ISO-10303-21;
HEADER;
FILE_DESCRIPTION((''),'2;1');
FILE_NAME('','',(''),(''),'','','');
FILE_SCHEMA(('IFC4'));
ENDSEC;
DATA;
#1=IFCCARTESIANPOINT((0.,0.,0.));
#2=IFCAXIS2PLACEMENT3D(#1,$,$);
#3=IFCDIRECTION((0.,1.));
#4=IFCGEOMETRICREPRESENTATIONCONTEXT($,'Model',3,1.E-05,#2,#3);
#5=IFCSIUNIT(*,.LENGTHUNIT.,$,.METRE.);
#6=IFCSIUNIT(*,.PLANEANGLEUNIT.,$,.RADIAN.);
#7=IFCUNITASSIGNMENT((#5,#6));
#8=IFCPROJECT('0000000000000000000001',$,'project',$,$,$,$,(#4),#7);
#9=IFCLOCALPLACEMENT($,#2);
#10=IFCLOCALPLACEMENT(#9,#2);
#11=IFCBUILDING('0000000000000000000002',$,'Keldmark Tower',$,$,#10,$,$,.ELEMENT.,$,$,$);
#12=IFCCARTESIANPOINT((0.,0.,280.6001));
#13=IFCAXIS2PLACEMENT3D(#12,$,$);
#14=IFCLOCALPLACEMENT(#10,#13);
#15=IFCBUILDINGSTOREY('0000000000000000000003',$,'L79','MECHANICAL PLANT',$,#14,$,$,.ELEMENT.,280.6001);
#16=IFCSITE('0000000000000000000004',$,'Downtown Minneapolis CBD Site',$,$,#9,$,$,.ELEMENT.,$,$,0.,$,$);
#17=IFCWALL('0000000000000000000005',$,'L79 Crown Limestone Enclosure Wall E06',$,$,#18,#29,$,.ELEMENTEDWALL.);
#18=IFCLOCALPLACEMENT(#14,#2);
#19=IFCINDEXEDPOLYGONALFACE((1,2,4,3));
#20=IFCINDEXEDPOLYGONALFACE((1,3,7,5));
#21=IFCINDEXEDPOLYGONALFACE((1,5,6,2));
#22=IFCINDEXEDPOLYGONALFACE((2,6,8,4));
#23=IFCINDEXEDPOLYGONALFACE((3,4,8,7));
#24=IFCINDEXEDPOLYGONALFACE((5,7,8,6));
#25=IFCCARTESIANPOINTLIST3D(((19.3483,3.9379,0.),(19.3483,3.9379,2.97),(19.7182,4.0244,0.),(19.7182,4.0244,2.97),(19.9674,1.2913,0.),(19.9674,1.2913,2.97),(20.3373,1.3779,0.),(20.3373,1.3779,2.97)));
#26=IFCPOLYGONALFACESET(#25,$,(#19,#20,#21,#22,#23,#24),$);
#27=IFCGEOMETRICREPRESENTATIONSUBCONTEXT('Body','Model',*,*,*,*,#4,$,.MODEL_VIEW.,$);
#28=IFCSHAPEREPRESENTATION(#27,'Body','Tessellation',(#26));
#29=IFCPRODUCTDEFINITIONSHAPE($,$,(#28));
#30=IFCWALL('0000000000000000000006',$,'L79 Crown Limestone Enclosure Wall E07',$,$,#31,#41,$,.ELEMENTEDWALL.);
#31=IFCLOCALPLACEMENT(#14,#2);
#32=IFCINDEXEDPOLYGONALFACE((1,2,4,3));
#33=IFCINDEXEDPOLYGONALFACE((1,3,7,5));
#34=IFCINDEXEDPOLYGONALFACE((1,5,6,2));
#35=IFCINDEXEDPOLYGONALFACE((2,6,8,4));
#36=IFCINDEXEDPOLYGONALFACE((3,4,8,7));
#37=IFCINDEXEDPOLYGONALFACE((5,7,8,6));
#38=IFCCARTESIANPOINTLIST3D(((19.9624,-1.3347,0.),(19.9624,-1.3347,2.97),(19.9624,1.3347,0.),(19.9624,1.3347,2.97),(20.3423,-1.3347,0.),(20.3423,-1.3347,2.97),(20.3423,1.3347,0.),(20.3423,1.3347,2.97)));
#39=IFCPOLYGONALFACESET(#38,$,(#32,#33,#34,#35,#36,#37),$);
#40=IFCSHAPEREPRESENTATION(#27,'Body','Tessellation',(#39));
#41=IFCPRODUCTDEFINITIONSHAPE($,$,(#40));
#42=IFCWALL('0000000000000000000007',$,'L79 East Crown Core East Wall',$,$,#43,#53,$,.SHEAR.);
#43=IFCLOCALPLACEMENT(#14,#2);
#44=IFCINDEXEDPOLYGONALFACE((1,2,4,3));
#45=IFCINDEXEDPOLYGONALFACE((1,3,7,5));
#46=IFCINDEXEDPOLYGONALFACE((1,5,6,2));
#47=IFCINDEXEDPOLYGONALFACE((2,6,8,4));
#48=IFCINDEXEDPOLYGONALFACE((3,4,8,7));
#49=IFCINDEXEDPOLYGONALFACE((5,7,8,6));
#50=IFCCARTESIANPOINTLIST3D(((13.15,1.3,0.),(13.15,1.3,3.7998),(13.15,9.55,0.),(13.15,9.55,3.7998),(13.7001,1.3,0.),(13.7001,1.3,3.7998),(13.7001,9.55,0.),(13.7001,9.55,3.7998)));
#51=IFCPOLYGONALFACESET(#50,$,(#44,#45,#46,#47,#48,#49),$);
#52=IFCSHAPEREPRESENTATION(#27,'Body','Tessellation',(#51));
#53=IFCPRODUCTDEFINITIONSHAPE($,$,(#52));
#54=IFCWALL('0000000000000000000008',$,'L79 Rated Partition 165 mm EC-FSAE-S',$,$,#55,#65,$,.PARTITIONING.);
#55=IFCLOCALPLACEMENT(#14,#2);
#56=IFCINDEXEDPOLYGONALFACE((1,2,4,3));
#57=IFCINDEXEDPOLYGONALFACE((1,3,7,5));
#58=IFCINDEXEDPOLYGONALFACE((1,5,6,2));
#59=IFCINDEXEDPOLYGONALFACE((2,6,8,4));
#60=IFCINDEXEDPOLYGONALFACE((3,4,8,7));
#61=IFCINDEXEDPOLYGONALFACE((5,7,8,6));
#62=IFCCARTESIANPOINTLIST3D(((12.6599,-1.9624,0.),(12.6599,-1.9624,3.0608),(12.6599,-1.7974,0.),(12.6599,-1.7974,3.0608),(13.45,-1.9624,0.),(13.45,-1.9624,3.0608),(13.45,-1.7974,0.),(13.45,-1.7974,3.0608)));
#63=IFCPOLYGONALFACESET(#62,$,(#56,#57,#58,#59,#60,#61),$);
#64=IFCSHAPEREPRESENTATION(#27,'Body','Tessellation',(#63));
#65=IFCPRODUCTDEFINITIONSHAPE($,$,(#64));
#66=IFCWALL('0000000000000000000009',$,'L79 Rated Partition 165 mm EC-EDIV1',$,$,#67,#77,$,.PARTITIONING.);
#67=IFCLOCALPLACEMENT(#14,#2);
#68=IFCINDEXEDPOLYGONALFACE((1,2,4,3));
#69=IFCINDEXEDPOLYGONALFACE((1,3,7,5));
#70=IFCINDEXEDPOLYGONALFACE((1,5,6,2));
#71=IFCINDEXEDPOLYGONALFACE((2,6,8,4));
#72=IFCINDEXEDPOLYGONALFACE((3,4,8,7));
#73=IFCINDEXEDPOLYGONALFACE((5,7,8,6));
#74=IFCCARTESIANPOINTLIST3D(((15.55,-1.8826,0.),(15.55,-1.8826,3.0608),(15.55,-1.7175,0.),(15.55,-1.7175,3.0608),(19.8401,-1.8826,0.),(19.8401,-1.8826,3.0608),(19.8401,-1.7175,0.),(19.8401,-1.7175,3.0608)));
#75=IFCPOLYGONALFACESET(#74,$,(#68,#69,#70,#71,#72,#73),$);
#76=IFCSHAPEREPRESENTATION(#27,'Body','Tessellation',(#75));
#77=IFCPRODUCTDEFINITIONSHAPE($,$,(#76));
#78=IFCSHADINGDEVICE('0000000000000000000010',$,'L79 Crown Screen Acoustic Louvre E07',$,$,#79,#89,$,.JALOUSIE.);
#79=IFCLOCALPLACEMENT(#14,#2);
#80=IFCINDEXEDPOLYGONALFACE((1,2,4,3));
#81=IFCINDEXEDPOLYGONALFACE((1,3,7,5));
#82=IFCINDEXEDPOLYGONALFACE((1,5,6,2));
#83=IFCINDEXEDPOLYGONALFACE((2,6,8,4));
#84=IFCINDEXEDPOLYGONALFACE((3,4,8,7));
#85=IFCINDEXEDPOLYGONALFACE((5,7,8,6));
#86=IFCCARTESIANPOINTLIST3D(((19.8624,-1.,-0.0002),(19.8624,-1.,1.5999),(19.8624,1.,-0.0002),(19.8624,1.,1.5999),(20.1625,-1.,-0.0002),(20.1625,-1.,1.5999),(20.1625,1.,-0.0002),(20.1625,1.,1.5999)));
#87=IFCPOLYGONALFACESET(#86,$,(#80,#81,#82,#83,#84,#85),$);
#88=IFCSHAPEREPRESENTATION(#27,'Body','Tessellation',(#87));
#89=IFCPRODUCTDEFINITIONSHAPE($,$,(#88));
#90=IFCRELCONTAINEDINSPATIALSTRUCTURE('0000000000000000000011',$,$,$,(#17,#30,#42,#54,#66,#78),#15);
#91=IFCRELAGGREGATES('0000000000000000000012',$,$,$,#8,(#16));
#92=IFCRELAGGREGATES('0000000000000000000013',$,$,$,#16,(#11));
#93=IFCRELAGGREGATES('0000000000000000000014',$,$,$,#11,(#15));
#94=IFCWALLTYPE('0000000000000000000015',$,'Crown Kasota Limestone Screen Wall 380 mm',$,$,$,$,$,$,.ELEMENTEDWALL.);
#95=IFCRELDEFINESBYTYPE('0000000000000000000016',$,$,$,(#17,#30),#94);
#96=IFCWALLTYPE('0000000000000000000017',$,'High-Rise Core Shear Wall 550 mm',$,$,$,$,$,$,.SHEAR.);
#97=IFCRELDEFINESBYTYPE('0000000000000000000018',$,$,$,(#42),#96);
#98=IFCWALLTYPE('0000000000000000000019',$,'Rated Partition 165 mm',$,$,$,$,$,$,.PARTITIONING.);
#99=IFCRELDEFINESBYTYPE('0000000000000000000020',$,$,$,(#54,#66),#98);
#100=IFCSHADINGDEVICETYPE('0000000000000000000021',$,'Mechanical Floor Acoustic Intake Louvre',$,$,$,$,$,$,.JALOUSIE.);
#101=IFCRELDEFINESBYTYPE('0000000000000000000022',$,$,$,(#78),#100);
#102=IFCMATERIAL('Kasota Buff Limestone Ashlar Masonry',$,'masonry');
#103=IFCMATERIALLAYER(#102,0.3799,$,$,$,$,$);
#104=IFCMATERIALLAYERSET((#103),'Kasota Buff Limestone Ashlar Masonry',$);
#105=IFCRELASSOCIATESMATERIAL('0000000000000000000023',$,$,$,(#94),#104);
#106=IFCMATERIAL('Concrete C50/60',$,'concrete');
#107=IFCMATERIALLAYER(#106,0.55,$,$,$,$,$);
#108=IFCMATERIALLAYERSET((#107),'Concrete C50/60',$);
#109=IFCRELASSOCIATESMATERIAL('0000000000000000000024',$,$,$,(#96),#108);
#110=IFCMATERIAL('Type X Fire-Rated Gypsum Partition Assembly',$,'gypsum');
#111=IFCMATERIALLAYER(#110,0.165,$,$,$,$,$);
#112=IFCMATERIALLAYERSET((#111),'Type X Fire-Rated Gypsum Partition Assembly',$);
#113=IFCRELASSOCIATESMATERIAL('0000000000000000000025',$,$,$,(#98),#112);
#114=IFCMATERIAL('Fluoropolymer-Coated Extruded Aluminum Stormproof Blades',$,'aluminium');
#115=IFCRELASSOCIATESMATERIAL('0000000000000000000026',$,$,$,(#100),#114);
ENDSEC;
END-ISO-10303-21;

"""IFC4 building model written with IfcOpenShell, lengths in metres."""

from ifc_helpers import new_model, si_unit, direction, frame, frame_2d, origin, origin_2d, place, context, subcontext, project, spatial, rectangle, extrude, material, layer, layer_set, type_object, element, save


model = new_model("IFC4")

# Units and contexts
model_context = context("Model", 3, precision=1e-05, world=origin(), true_north=direction((0.0, 1.0)))
body_context = subcontext(model_context, "Body", "Model", "MODEL_VIEW")
ifc_project = project(units=[si_unit("LENGTHUNIT", "METRE"), si_unit("PLANEANGLEUNIT", "RADIAN")], contexts=[model_context])

# Site, building, storey
site_placement = place(None, origin())
site = spatial("IfcSite", under=ifc_project, at=site_placement, Name="Downtown Minneapolis CBD Site", CompositionType="ELEMENT", RefElevation=0.0)
building_placement = place(site_placement, origin())
building = spatial("IfcBuilding", under=site, at=building_placement, Name="Keldmark Tower", CompositionType="ELEMENT")
storey_placement = place(building_placement, frame((0.0, 0.0, 280.6001)))
storey = spatial("IfcBuildingStorey", under=building, at=storey_placement, Name="L79", Description="MECHANICAL PLANT", CompositionType="ELEMENT", Elevation=280.6001)

# Walls
ifc_material_1 = material(Name="Kasota Buff Limestone Ashlar Masonry", Category="masonry")
ifc_layer_1 = layer(ifc_material_1, 0.3799)
ifc_layer_set_1 = layer_set([ifc_layer_1], Name="Kasota Buff Limestone Ashlar Masonry")
wall_type_1 = type_object("IfcWallType", Name="Crown Kasota Limestone Screen Wall 380 mm", PredefinedType="ELEMENTEDWALL", material=ifc_layer_set_1)
wall_1_placement = place(storey_placement, frame((20.1523, 1.3347, 0.0), z_axis=(0.0, 0.0, 1.0), x_axis=(-0.227797, 0.973709, 0.0)))
element("IfcWall", 1, at=wall_1_placement, inside=storey, type_object=wall_type_1, Name="L79 Crown Limestone Enclosure Wall E06", PredefinedType="ELEMENTEDWALL", context=body_context, shape_type="SweptSolid", body=[
    extrude(rectangle(XDim=2.718, YDim=0.3799, at=frame_2d((1.3589, 0.0))), origin(), (0.0, 0.0, 1.0), 2.97),
])
wall_2_placement = place(storey_placement, frame((20.1523, -1.3347, 0.0), z_axis=(0.0, 0.0, 1.0), x_axis=(0.0, 1.0, 0.0)))
element("IfcWall", 2, at=wall_2_placement, inside=storey, type_object=wall_type_1, Name="L79 Crown Limestone Enclosure Wall E07", PredefinedType="ELEMENTEDWALL", context=body_context, shape_type="SweptSolid", body=[
    extrude(rectangle(XDim=2.6694, YDim=0.3799, at=frame_2d((1.3347, 0.0))), origin(), (0.0, 0.0, 1.0), 2.97),
])
ifc_material_2 = material(Name="Concrete C50/60", Category="concrete")
ifc_layer_2 = layer(ifc_material_2, 0.55)
ifc_layer_set_2 = layer_set([ifc_layer_2], Name="Concrete C50/60")
wall_type_2 = type_object("IfcWallType", Name="High-Rise Core Shear Wall 550 mm", PredefinedType="SHEAR", material=ifc_layer_set_2)
wall_3_placement = place(storey_placement, frame((13.425, 1.3, 0.0), z_axis=(0.0, 0.0, 1.0), x_axis=(0.0, 1.0, 0.0)))
element("IfcWall", 3, at=wall_3_placement, inside=storey, type_object=wall_type_2, Name="L79 East Crown Core East Wall", PredefinedType="SHEAR", context=body_context, shape_type="SweptSolid", body=[
    extrude(rectangle(XDim=8.25, YDim=0.55, at=frame_2d((4.125, 0.0))), origin(), (0.0, 0.0, 1.0), 3.7998),
])

# Shared definitions
ifc_material_3 = material(Name="Type X Fire-Rated Gypsum Partition Assembly", Category="gypsum")
ifc_layer_3 = layer(ifc_material_3, 0.165)
ifc_layer_set_3 = layer_set([ifc_layer_3], Name="Type X Fire-Rated Gypsum Partition Assembly")
wall_type_3 = type_object("IfcWallType", Name="Rated Partition 165 mm", PredefinedType="PARTITIONING", material=ifc_layer_set_3)

# Walls
wall_4_placement = place(storey_placement, frame((12.6599, -1.8799, 0.0), z_axis=(0.0, 0.0, 1.0), x_axis=(1.0, 0.0, 0.0)))
element("IfcWall", 4, at=wall_4_placement, inside=storey, type_object=wall_type_3, Name="L79 Rated Partition 165 mm EC-FSAE-S", PredefinedType="PARTITIONING", context=body_context, shape_type="SweptSolid", body=[
    extrude(rectangle(XDim=0.79, YDim=0.165, at=frame_2d((0.395, 0.0))), origin(), (0.0, 0.0, 1.0), 3.0608),
])
wall_5_placement = place(storey_placement, frame((15.55, -1.8, 0.0), z_axis=(0.0, 0.0, 1.0), x_axis=(1.0, 0.0, 0.0)))
element("IfcWall", 5, at=wall_5_placement, inside=storey, type_object=wall_type_3, Name="L79 Rated Partition 165 mm EC-EDIV1", PredefinedType="PARTITIONING", context=body_context, shape_type="SweptSolid", body=[
    extrude(rectangle(XDim=4.29, YDim=0.165, at=frame_2d((2.145, 0.0))), origin(), (0.0, 0.0, 1.0), 3.0608),
])

# Shading device
ifc_material_4 = material(Name="Fluoropolymer-Coated Extruded Aluminum Stormproof Blades", Category="aluminium")
shading_device_type = type_object("IfcShadingDeviceType", Name="Mechanical Floor Acoustic Intake Louvre", PredefinedType="JALOUSIE", material=ifc_material_4)
shading_device_placement = place(storey_placement, frame((20.0125, 0.0, -0.0002), z_axis=(0.0, 0.0, 1.0), x_axis=(0.0, 1.0, 0.0)))
element("IfcShadingDevice", 6, at=shading_device_placement, inside=storey, type_object=shading_device_type, Name="L79 Crown Screen Acoustic Louvre E07", PredefinedType="JALOUSIE", context=body_context, shape_type="SweptSolid", body=[
    extrude(rectangle(XDim=2.0, YDim=0.3, at=origin_2d()), origin(), (0.0, 0.0, 1.0), 1.6001),
])

save(model, "model.ifc")
